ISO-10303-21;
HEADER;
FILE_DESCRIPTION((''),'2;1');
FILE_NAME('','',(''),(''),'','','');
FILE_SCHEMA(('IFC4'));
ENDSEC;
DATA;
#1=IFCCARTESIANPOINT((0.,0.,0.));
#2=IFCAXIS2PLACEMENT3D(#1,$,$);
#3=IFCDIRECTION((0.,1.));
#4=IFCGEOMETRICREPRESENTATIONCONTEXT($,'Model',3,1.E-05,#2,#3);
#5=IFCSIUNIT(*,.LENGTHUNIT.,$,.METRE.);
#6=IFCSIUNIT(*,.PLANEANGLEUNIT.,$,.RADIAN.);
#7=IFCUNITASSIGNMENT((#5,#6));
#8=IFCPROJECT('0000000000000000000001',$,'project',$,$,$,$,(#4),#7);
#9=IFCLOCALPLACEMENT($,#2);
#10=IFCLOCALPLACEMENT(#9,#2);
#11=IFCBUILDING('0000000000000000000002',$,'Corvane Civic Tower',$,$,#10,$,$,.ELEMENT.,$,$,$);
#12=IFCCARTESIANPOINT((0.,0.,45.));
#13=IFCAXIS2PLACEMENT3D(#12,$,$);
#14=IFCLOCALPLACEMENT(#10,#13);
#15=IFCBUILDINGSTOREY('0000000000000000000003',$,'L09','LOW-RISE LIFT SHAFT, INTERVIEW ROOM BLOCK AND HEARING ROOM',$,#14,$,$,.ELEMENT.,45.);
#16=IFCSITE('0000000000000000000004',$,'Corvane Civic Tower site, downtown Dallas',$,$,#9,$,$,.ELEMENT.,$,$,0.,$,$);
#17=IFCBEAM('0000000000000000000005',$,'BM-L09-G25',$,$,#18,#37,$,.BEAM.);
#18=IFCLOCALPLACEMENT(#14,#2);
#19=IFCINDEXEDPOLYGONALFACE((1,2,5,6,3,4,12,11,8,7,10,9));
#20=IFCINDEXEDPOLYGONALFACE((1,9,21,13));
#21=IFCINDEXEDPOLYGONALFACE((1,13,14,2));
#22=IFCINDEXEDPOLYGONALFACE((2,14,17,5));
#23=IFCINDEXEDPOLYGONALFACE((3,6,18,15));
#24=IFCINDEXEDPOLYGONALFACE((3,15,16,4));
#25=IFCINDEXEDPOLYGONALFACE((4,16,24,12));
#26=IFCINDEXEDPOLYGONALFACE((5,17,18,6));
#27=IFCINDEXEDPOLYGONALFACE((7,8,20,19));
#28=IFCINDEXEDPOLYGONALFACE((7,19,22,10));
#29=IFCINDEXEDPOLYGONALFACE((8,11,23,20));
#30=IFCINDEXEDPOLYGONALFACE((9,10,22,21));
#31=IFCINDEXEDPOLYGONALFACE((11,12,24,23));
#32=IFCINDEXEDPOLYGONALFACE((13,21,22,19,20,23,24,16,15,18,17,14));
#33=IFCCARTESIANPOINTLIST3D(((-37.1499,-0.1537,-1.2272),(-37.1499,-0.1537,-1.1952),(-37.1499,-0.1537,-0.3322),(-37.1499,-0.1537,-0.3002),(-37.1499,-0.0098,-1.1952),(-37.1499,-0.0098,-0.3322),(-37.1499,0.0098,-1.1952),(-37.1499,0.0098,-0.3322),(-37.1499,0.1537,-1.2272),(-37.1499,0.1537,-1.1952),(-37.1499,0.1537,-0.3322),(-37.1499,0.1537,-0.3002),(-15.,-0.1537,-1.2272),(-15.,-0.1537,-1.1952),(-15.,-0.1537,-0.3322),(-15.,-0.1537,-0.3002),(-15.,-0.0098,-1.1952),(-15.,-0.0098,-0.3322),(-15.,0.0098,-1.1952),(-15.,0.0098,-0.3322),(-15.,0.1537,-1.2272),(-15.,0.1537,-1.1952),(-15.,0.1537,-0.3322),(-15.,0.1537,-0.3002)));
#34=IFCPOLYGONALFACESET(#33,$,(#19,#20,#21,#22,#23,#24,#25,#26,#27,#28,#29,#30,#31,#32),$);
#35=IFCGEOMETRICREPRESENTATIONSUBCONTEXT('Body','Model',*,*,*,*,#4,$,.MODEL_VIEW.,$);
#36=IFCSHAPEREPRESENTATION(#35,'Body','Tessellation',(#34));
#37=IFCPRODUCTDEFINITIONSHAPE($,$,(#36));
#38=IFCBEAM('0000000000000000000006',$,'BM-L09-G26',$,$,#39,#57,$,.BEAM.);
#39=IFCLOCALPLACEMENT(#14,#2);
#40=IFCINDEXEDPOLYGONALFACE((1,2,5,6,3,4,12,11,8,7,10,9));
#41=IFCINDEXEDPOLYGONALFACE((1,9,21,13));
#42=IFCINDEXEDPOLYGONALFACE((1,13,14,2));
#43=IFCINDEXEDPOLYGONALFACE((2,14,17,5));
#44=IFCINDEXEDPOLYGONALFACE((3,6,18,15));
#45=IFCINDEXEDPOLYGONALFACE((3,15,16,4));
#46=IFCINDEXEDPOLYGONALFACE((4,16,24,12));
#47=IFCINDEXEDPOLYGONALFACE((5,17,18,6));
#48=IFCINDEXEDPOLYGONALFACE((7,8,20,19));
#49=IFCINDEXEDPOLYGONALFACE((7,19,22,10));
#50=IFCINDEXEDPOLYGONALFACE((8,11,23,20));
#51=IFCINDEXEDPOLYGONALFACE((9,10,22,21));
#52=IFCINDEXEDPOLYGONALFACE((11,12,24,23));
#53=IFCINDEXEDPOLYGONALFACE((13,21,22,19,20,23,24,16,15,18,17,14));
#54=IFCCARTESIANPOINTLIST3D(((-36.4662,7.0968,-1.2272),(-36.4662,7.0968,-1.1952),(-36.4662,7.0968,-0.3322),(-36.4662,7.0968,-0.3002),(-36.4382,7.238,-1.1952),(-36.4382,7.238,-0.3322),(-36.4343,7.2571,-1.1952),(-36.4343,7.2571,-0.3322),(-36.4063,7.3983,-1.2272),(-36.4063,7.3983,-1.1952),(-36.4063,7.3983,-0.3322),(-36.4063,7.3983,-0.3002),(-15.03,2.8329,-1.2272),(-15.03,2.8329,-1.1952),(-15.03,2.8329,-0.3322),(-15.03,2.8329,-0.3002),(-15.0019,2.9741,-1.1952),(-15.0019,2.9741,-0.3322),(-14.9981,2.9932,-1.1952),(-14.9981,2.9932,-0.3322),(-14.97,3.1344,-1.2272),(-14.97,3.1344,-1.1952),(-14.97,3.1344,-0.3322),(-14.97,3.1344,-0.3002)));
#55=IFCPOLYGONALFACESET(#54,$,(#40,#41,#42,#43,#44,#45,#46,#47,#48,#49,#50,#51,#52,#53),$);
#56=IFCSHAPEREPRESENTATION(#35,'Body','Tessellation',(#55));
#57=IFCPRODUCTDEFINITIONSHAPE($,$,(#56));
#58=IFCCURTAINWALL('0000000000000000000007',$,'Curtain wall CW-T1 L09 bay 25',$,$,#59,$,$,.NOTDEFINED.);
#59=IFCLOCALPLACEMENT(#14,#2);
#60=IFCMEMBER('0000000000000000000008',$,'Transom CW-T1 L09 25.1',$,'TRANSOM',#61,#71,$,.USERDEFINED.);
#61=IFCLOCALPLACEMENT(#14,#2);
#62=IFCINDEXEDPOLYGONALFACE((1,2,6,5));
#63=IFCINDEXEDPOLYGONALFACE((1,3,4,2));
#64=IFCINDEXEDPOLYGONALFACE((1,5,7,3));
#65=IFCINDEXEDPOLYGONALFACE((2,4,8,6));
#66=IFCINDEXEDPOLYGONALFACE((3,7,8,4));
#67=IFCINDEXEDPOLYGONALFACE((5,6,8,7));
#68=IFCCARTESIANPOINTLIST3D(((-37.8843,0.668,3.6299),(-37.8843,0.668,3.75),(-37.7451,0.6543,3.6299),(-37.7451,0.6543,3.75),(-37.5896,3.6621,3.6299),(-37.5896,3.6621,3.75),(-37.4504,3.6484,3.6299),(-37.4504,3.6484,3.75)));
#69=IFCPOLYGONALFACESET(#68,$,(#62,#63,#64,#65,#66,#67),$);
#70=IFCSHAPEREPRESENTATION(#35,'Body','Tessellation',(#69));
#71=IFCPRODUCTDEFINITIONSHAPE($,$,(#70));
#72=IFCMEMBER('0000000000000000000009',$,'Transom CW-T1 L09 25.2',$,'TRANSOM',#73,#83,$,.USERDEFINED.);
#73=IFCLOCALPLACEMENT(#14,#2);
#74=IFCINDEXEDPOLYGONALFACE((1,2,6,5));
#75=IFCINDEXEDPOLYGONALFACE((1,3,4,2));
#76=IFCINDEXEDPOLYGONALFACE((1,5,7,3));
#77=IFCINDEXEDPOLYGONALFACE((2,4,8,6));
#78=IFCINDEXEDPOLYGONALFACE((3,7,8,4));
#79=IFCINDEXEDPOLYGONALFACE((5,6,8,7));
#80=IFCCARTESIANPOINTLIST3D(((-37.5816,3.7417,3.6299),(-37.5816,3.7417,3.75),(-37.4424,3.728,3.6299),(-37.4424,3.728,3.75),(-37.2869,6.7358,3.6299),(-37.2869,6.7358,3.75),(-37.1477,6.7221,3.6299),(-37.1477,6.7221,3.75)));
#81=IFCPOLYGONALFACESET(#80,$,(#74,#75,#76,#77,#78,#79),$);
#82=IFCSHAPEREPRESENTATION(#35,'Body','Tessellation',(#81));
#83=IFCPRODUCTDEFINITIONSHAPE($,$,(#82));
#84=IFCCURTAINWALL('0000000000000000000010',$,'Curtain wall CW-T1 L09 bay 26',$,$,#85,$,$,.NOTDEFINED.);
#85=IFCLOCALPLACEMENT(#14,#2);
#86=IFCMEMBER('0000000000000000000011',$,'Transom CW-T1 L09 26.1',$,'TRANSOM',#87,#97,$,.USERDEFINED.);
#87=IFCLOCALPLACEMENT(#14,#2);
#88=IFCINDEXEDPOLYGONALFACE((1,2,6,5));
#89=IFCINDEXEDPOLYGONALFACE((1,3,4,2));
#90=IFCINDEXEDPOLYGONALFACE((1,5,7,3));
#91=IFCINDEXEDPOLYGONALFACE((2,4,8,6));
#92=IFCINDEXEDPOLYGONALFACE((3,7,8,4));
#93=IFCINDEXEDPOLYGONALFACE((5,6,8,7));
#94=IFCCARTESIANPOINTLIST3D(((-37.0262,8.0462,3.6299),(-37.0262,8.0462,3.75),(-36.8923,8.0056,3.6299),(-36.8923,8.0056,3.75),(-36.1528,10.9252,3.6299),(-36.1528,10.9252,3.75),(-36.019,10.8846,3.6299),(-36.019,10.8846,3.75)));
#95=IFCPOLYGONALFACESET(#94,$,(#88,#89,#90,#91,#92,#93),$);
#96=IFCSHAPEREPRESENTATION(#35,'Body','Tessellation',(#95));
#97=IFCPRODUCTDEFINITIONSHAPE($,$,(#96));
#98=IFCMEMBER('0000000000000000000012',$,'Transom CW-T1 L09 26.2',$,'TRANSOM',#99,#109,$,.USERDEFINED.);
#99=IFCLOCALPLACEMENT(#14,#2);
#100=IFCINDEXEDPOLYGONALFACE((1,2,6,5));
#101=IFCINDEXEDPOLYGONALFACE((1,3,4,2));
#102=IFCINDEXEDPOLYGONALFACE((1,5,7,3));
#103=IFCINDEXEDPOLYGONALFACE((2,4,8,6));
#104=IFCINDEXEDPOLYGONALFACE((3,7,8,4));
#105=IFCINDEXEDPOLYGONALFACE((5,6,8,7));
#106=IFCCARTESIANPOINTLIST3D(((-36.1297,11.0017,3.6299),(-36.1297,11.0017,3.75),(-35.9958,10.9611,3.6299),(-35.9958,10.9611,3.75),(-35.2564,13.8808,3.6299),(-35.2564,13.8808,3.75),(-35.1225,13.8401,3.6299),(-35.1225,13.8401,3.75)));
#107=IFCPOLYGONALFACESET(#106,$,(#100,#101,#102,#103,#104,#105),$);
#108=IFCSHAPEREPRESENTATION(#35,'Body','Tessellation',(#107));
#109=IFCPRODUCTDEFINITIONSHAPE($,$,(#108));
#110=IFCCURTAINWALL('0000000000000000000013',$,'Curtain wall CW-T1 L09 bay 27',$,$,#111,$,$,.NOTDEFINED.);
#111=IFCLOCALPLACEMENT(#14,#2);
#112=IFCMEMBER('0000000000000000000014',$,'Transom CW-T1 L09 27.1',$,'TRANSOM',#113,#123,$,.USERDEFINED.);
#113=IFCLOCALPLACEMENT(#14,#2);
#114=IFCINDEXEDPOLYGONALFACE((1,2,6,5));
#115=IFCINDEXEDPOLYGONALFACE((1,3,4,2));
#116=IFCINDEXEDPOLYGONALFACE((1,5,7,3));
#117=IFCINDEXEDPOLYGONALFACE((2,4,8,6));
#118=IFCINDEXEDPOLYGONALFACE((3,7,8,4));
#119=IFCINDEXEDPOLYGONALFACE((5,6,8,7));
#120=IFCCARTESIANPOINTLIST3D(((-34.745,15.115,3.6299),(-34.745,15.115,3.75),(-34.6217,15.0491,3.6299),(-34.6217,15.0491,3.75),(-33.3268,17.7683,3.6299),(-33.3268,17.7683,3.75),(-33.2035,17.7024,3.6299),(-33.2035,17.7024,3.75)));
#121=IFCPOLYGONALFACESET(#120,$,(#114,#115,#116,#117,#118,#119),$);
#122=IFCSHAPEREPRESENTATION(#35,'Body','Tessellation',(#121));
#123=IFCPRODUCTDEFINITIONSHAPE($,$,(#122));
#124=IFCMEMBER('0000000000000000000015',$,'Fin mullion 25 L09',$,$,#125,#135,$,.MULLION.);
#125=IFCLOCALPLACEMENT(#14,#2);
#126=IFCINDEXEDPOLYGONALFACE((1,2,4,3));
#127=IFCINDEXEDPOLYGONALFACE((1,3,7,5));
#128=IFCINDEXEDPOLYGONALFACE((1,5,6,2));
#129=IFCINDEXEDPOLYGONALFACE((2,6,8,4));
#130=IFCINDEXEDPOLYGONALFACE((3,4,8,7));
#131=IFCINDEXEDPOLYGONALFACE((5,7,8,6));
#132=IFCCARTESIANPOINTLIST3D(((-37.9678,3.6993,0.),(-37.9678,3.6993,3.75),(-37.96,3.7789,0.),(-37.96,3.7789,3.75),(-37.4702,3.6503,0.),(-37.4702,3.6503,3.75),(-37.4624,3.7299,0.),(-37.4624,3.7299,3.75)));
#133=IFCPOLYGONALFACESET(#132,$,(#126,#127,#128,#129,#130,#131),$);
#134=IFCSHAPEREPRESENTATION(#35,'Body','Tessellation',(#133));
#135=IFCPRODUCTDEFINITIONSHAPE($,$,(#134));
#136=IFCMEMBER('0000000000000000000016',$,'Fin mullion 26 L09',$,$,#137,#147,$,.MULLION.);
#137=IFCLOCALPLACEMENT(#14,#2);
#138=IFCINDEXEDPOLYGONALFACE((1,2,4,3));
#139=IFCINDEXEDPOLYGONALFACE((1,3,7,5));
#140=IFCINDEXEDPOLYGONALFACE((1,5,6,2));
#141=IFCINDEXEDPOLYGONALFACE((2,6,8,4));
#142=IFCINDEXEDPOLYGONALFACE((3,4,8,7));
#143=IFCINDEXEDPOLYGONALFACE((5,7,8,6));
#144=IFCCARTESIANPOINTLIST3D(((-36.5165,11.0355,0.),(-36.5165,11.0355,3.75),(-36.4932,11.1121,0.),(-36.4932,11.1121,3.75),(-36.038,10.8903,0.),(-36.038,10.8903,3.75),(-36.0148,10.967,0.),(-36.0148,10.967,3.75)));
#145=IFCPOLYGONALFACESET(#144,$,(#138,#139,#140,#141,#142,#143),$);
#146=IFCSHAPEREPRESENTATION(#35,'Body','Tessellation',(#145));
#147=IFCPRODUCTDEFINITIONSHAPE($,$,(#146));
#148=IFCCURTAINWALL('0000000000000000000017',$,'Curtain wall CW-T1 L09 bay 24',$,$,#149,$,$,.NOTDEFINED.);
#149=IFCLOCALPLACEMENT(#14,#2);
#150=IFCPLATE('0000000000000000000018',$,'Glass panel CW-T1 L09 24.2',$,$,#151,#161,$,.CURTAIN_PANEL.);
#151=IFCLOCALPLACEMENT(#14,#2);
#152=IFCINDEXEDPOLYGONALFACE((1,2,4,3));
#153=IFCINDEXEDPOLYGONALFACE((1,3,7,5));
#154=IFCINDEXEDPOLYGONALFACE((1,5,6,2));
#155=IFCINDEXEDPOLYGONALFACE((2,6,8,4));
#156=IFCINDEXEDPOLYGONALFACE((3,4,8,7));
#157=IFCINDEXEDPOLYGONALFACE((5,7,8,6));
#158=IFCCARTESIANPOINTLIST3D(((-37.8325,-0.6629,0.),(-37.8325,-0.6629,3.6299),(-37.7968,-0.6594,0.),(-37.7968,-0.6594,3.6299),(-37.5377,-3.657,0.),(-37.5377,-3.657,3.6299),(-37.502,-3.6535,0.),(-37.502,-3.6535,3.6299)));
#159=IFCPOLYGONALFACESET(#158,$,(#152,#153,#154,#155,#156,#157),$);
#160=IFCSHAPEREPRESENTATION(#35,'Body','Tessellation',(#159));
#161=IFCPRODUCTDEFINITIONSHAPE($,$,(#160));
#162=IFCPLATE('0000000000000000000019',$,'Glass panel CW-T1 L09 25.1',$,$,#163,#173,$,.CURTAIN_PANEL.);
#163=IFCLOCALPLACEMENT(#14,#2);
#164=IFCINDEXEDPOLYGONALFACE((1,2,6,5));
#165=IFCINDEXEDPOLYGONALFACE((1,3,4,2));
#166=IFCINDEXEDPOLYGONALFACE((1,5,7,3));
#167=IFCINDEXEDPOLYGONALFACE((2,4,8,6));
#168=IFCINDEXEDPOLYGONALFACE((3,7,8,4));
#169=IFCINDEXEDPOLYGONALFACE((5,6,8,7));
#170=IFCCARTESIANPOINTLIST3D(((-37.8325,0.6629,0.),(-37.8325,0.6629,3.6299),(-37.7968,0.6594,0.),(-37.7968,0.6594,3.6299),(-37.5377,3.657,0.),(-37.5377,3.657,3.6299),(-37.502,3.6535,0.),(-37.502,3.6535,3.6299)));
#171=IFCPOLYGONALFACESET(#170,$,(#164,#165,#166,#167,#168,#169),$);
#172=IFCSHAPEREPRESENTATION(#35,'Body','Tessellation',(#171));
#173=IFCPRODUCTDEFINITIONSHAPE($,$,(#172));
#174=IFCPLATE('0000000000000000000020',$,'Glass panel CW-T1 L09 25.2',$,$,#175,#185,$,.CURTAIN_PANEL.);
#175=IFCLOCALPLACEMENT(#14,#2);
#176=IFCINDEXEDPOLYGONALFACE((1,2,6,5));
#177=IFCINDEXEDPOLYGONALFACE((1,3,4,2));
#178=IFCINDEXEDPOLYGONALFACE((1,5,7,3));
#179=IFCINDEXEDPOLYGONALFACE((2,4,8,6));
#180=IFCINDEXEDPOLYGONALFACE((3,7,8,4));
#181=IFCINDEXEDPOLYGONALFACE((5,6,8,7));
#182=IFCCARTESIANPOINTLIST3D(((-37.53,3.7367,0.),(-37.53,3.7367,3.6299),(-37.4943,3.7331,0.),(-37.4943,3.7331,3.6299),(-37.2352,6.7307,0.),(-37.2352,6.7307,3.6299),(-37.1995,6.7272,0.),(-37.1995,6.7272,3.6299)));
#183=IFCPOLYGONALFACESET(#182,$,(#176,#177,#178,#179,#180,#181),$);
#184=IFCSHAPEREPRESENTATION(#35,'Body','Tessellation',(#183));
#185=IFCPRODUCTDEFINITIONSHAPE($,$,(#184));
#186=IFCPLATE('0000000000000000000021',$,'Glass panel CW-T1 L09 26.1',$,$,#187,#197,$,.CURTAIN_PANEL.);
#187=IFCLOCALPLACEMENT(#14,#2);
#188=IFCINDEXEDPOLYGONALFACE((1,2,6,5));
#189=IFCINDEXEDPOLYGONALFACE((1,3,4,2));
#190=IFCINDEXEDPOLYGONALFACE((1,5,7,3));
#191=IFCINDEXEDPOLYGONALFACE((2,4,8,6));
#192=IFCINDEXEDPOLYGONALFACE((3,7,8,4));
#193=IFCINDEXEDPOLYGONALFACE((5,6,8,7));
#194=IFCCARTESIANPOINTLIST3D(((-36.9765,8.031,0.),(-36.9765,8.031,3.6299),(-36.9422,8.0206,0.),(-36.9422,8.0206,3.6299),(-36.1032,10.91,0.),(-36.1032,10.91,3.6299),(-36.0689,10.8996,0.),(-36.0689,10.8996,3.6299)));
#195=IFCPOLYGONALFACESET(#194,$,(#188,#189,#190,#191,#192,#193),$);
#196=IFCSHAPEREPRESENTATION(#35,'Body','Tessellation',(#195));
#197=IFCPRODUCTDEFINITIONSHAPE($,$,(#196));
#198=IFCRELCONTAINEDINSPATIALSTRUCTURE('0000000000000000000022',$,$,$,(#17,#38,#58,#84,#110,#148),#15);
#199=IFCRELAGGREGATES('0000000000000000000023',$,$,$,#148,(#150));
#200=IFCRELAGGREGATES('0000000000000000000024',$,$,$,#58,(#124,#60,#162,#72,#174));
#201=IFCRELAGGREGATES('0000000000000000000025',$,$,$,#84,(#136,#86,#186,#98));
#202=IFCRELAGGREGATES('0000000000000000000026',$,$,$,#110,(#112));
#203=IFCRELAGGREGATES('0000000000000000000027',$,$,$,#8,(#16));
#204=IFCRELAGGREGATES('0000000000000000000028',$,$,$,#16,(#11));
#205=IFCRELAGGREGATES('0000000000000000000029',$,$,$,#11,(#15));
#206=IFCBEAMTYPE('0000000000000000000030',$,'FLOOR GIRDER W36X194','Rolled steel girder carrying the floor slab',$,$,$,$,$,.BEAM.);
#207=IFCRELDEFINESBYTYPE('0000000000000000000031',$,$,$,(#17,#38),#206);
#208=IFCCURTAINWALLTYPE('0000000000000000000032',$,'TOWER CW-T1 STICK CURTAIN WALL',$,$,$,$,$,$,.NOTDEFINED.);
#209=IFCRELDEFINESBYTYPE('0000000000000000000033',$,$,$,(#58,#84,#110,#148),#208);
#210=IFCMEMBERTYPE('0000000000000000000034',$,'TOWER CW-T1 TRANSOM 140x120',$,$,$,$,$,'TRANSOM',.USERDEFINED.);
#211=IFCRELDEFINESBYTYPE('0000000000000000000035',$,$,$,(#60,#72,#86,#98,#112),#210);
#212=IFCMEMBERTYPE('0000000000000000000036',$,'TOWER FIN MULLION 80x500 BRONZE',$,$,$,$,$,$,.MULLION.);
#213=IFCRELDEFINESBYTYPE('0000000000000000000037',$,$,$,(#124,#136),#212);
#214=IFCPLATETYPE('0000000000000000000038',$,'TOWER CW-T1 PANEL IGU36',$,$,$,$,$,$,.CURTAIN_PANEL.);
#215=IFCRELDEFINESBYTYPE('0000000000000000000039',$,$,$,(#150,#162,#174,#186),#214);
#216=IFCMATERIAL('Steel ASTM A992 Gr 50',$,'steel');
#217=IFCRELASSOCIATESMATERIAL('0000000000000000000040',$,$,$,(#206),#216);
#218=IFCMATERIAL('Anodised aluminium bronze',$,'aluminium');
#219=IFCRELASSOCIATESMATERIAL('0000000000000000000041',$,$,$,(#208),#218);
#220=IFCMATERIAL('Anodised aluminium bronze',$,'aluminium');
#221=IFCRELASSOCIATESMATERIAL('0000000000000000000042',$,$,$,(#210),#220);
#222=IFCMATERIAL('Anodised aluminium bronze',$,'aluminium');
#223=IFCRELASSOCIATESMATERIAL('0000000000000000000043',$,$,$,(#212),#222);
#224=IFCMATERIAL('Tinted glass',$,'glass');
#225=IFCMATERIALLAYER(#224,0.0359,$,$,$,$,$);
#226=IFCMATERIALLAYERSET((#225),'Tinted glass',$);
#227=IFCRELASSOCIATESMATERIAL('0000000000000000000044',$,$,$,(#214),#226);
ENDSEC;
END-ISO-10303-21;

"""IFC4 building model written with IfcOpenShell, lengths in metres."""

from ifc_helpers import new_model, si_unit, direction, frame, origin, origin_2d, place, context, subcontext, project, spatial, rectangle, i_section, extrude, material, layer, layer_set, material_profile, profile_set, type_object, element, aggregate, save


model = new_model("IFC4")

# Units and contexts
model_context = context("Model", 3, precision=1e-05, world=origin(), true_north=direction((0.0, 1.0)))
body_context = subcontext(model_context, "Body", "Model", "MODEL_VIEW")
ifc_project = project(units=[si_unit("LENGTHUNIT", "METRE"), si_unit("PLANEANGLEUNIT", "RADIAN")], contexts=[model_context])

# Site, building, storey
site_placement = place(None, origin())
site = spatial("IfcSite", under=ifc_project, at=site_placement, Name="Corvane Civic Tower site, downtown Dallas", CompositionType="ELEMENT", RefElevation=0.0)
building_placement = place(site_placement, origin())
building = spatial("IfcBuilding", under=site, at=building_placement, Name="Corvane Civic Tower", CompositionType="ELEMENT")
storey_placement = place(building_placement, frame((0.0, 0.0, 45.0)))
storey = spatial("IfcBuildingStorey", under=building, at=storey_placement, Name="L09", Description="LOW-RISE LIFT SHAFT, INTERVIEW ROOM BLOCK AND HEARING ROOM", CompositionType="ELEMENT", Elevation=45.0)

# Beams
ifc_material_1 = material(Name="Steel ASTM A992 Gr 50", Category="steel")
ifc_material_profile_1 = material_profile(ifc_material_1, i_section(OverallWidth=0.3074, OverallDepth=0.927, WebThickness=0.0195, FlangeThickness=0.032, at=origin_2d()), Name="W36X194")
ifc_profile_set_1 = profile_set([ifc_material_profile_1], Name="Steel ASTM A992 Gr 50")
beam_type_1 = type_object("IfcBeamType", Name="FLOOR GIRDER W36X194", Description="Rolled steel girder carrying the floor slab", PredefinedType="BEAM", material=ifc_profile_set_1)
beam_1_placement = place(storey_placement, frame((-15.0, 0.0, -0.7637), z_axis=(-1.0, 0.0, 0.0), x_axis=(0.0, -1.0, 0.0)))
element("IfcBeam", 1, at=beam_1_placement, inside=storey, type_object=beam_type_1, Name="BM-L09-G25", PredefinedType="BEAM", context=body_context, shape_type="SweptSolid", body=[
    extrude(i_section(OverallWidth=0.3074, OverallDepth=0.927, WebThickness=0.0195, FlangeThickness=0.032, at=origin_2d()), origin(), (0.0, 0.0, 1.0), 22.1499),
])
beam_2_placement = place(storey_placement, frame((-15.0, 2.9836, -0.7637), z_axis=(-0.980785, 0.195089, 0.0), x_axis=(-0.195089, -0.980785, 0.0)))
element("IfcBeam", 2, at=beam_2_placement, inside=storey, type_object=beam_type_1, Name="BM-L09-G26", PredefinedType="BEAM", context=body_context, shape_type="SweptSolid", body=[
    extrude(i_section(OverallWidth=0.3074, OverallDepth=0.927, WebThickness=0.0195, FlangeThickness=0.032, at=origin_2d()), origin(), (0.0, 0.0, 1.0), 21.8562),
])

# Curtain walls, members
ifc_material_2 = material(Name="Anodised aluminium bronze", Category="aluminium")
curtain_wall_type = type_object("IfcCurtainWallType", Name="TOWER CW-T1 STICK CURTAIN WALL", PredefinedType="NOTDEFINED", material=ifc_material_2)
curtain_wall_1_placement = place(storey_placement, origin())
curtain_wall_1 = element("IfcCurtainWall", 3, at=curtain_wall_1_placement, inside=storey, type_object=curtain_wall_type, Name="Curtain wall CW-T1 L09 bay 25", PredefinedType="NOTDEFINED")
ifc_material_3 = material(Name="Anodised aluminium bronze", Category="aluminium")
ifc_material_profile_2 = material_profile(ifc_material_3, rectangle(XDim=0.1399, YDim=0.1201, at=origin_2d()), Name="TOWER CW-T1 TRANSOM 140x120")
ifc_profile_set_2 = profile_set([ifc_material_profile_2], Name="Anodised aluminium bronze")
member_type_1 = type_object("IfcMemberType", Name="TOWER CW-T1 TRANSOM 140x120", ElementType="TRANSOM", PredefinedType="USERDEFINED", material=ifc_profile_set_2)
member_1_placement = place(storey_placement, frame((-37.8147, 0.6611, 3.6899), z_axis=(0.097945, 0.995192, 0.0), x_axis=(-0.995192, 0.097945, 0.0)))
member_1 = element("IfcMember", 4, at=member_1_placement, type_object=member_type_1, Name="Transom CW-T1 L09 25.1", ObjectType="TRANSOM", PredefinedType="USERDEFINED", context=body_context, shape_type="SweptSolid", body=[
    extrude(rectangle(XDim=0.1399, YDim=0.1201, at=origin_2d()), origin(), (0.0, 0.0, 1.0), 3.0085),
])
member_2_placement = place(storey_placement, frame((-37.512, 3.7349, 3.6899), z_axis=(0.097945, 0.995192, 0.0), x_axis=(-0.995192, 0.097945, 0.0)))
member_2 = element("IfcMember", 5, at=member_2_placement, type_object=member_type_1, Name="Transom CW-T1 L09 25.2", ObjectType="TRANSOM", PredefinedType="USERDEFINED", context=body_context, shape_type="SweptSolid", body=[
    extrude(rectangle(XDim=0.1399, YDim=0.1201, at=origin_2d()), origin(), (0.0, 0.0, 1.0), 3.0085),
])
curtain_wall_2_placement = place(storey_placement, origin())
curtain_wall_2 = element("IfcCurtainWall", 6, at=curtain_wall_2_placement, inside=storey, type_object=curtain_wall_type, Name="Curtain wall CW-T1 L09 bay 26", PredefinedType="NOTDEFINED")
member_3_placement = place(storey_placement, frame((-36.9592, 8.0259, 3.6899), z_axis=(0.29028, 0.956942, 0.0), x_axis=(-0.956942, 0.29028, 0.0)))
member_3 = element("IfcMember", 7, at=member_3_placement, type_object=member_type_1, Name="Transom CW-T1 L09 26.1", ObjectType="TRANSOM", PredefinedType="USERDEFINED", context=body_context, shape_type="SweptSolid", body=[
    extrude(rectangle(XDim=0.1399, YDim=0.1201, at=origin_2d()), origin(), (0.0, 0.0, 1.0), 3.0085),
])
member_4_placement = place(storey_placement, frame((-36.0627, 10.9814, 3.6899), z_axis=(0.29028, 0.956942, 0.0), x_axis=(-0.956942, 0.29028, 0.0)))
member_4 = element("IfcMember", 8, at=member_4_placement, type_object=member_type_1, Name="Transom CW-T1 L09 26.2", ObjectType="TRANSOM", PredefinedType="USERDEFINED", context=body_context, shape_type="SweptSolid", body=[
    extrude(rectangle(XDim=0.1399, YDim=0.1201, at=origin_2d()), origin(), (0.0, 0.0, 1.0), 3.0085),
])

# Curtain wall, member
curtain_wall_3_placement = place(storey_placement, origin())
curtain_wall_3 = element("IfcCurtainWall", 9, at=curtain_wall_3_placement, inside=storey, type_object=curtain_wall_type, Name="Curtain wall CW-T1 L09 bay 27", PredefinedType="NOTDEFINED")
member_5_placement = place(storey_placement, frame((-34.6833, 15.082, 3.6899), z_axis=(0.471393, 0.881924, 0.0), x_axis=(-0.881924, 0.471393, 0.0)))
member_5 = element("IfcMember", 10, at=member_5_placement, type_object=member_type_1, Name="Transom CW-T1 L09 27.1", ObjectType="TRANSOM", PredefinedType="USERDEFINED", context=body_context, shape_type="SweptSolid", body=[
    extrude(rectangle(XDim=0.1399, YDim=0.1201, at=origin_2d()), origin(), (0.0, 0.0, 1.0), 3.0085),
])

# Members
ifc_material_4 = material(Name="Anodised aluminium bronze", Category="aluminium")
ifc_material_profile_3 = material_profile(ifc_material_4, rectangle(XDim=0.0801, YDim=0.5, at=origin_2d()), Name="TOWER FIN MULLION 80x500 BRONZE")
ifc_profile_set_3 = profile_set([ifc_material_profile_3], Name="Anodised aluminium bronze")
member_type_2 = type_object("IfcMemberType", Name="TOWER FIN MULLION 80x500 BRONZE", PredefinedType="MULLION", material=ifc_profile_set_3)
member_6_placement = place(storey_placement, frame((-37.7151, 3.7146, 0.0), z_axis=(0.0, 0.0, 1.0), x_axis=(0.098006, 0.995186, 0.0)))
member_6 = element("IfcMember", 11, at=member_6_placement, type_object=member_type_2, Name="Fin mullion 25 L09", PredefinedType="MULLION", context=body_context, shape_type="SweptSolid", body=[
    extrude(rectangle(XDim=0.0801, YDim=0.5, at=origin_2d()), origin(), (0.0, 0.0, 1.0), 3.75),
])
member_7_placement = place(storey_placement, frame((-36.2656, 11.0012, 0.0), z_axis=(0.0, 0.0, 1.0), x_axis=(0.290278, 0.956942, 0.0)))
member_7 = element("IfcMember", 12, at=member_7_placement, type_object=member_type_2, Name="Fin mullion 26 L09", PredefinedType="MULLION", context=body_context, shape_type="SweptSolid", body=[
    extrude(rectangle(XDim=0.0801, YDim=0.5, at=origin_2d()), origin(), (0.0, 0.0, 1.0), 3.75),
])

# Curtain wall, plate
curtain_wall_4_placement = place(storey_placement, origin())
curtain_wall_4 = element("IfcCurtainWall", 13, at=curtain_wall_4_placement, inside=storey, type_object=curtain_wall_type, Name="Curtain wall CW-T1 L09 bay 24", PredefinedType="NOTDEFINED")
ifc_material_5 = material(Name="Tinted glass", Category="glass")
ifc_layer_1 = layer(ifc_material_5, 0.0359)
ifc_layer_set_1 = layer_set([ifc_layer_1], Name="Tinted glass")
plate_type = type_object("IfcPlateType", Name="TOWER CW-T1 PANEL IGU36", PredefinedType="CURTAIN_PANEL", material=ifc_layer_set_1)
plate_1_placement = place(storey_placement, frame((-37.6672, -2.1582, 0.0), z_axis=(0.0, 0.0, 1.0), x_axis=(-0.098006, 0.995186, 0.0)))
plate_1 = element("IfcPlate", 14, at=plate_1_placement, type_object=plate_type, Name="Glass panel CW-T1 L09 24.2", PredefinedType="CURTAIN_PANEL", context=body_context, shape_type="SweptSolid", body=[
    extrude(rectangle(XDim=3.0085, YDim=0.0359, at=origin_2d()), origin(), (0.0, 0.0, 1.0), 3.6299),
])
aggregate(curtain_wall_4, [plate_1])

# Plates
plate_2_placement = place(storey_placement, frame((-37.6672, 2.1582, 0.0), z_axis=(0.0, 0.0, 1.0), x_axis=(0.098006, 0.995186, 0.0)))
plate_2 = element("IfcPlate", 15, at=plate_2_placement, type_object=plate_type, Name="Glass panel CW-T1 L09 25.1", PredefinedType="CURTAIN_PANEL", context=body_context, shape_type="SweptSolid", body=[
    extrude(rectangle(XDim=3.0085, YDim=0.0359, at=origin_2d()), origin(), (0.0, 0.0, 1.0), 3.6299),
])
plate_3_placement = place(storey_placement, frame((-37.3647, 5.2319, 0.0), z_axis=(0.0, 0.0, 1.0), x_axis=(0.098006, 0.995186, 0.0)))
plate_3 = element("IfcPlate", 16, at=plate_3_placement, type_object=plate_type, Name="Glass panel CW-T1 L09 25.2", PredefinedType="CURTAIN_PANEL", context=body_context, shape_type="SweptSolid", body=[
    extrude(rectangle(XDim=3.0085, YDim=0.0359, at=origin_2d()), origin(), (0.0, 0.0, 1.0), 3.6299),
])
aggregate(curtain_wall_1, [member_6, member_1, plate_2, member_2, plate_3])
plate_4_placement = place(storey_placement, frame((-36.5227, 9.4653, 0.0), z_axis=(0.0, 0.0, 1.0), x_axis=(0.290278, 0.956942, 0.0)))
plate_4 = element("IfcPlate", 17, at=plate_4_placement, type_object=plate_type, Name="Glass panel CW-T1 L09 26.1", PredefinedType="CURTAIN_PANEL", context=body_context, shape_type="SweptSolid", body=[
    extrude(rectangle(XDim=3.0085, YDim=0.0359, at=origin_2d()), origin(), (0.0, 0.0, 1.0), 3.6299),
])
aggregate(curtain_wall_2, [member_7, member_3, plate_4, member_4])
aggregate(curtain_wall_3, [member_5])

save(model, "model.ifc")
